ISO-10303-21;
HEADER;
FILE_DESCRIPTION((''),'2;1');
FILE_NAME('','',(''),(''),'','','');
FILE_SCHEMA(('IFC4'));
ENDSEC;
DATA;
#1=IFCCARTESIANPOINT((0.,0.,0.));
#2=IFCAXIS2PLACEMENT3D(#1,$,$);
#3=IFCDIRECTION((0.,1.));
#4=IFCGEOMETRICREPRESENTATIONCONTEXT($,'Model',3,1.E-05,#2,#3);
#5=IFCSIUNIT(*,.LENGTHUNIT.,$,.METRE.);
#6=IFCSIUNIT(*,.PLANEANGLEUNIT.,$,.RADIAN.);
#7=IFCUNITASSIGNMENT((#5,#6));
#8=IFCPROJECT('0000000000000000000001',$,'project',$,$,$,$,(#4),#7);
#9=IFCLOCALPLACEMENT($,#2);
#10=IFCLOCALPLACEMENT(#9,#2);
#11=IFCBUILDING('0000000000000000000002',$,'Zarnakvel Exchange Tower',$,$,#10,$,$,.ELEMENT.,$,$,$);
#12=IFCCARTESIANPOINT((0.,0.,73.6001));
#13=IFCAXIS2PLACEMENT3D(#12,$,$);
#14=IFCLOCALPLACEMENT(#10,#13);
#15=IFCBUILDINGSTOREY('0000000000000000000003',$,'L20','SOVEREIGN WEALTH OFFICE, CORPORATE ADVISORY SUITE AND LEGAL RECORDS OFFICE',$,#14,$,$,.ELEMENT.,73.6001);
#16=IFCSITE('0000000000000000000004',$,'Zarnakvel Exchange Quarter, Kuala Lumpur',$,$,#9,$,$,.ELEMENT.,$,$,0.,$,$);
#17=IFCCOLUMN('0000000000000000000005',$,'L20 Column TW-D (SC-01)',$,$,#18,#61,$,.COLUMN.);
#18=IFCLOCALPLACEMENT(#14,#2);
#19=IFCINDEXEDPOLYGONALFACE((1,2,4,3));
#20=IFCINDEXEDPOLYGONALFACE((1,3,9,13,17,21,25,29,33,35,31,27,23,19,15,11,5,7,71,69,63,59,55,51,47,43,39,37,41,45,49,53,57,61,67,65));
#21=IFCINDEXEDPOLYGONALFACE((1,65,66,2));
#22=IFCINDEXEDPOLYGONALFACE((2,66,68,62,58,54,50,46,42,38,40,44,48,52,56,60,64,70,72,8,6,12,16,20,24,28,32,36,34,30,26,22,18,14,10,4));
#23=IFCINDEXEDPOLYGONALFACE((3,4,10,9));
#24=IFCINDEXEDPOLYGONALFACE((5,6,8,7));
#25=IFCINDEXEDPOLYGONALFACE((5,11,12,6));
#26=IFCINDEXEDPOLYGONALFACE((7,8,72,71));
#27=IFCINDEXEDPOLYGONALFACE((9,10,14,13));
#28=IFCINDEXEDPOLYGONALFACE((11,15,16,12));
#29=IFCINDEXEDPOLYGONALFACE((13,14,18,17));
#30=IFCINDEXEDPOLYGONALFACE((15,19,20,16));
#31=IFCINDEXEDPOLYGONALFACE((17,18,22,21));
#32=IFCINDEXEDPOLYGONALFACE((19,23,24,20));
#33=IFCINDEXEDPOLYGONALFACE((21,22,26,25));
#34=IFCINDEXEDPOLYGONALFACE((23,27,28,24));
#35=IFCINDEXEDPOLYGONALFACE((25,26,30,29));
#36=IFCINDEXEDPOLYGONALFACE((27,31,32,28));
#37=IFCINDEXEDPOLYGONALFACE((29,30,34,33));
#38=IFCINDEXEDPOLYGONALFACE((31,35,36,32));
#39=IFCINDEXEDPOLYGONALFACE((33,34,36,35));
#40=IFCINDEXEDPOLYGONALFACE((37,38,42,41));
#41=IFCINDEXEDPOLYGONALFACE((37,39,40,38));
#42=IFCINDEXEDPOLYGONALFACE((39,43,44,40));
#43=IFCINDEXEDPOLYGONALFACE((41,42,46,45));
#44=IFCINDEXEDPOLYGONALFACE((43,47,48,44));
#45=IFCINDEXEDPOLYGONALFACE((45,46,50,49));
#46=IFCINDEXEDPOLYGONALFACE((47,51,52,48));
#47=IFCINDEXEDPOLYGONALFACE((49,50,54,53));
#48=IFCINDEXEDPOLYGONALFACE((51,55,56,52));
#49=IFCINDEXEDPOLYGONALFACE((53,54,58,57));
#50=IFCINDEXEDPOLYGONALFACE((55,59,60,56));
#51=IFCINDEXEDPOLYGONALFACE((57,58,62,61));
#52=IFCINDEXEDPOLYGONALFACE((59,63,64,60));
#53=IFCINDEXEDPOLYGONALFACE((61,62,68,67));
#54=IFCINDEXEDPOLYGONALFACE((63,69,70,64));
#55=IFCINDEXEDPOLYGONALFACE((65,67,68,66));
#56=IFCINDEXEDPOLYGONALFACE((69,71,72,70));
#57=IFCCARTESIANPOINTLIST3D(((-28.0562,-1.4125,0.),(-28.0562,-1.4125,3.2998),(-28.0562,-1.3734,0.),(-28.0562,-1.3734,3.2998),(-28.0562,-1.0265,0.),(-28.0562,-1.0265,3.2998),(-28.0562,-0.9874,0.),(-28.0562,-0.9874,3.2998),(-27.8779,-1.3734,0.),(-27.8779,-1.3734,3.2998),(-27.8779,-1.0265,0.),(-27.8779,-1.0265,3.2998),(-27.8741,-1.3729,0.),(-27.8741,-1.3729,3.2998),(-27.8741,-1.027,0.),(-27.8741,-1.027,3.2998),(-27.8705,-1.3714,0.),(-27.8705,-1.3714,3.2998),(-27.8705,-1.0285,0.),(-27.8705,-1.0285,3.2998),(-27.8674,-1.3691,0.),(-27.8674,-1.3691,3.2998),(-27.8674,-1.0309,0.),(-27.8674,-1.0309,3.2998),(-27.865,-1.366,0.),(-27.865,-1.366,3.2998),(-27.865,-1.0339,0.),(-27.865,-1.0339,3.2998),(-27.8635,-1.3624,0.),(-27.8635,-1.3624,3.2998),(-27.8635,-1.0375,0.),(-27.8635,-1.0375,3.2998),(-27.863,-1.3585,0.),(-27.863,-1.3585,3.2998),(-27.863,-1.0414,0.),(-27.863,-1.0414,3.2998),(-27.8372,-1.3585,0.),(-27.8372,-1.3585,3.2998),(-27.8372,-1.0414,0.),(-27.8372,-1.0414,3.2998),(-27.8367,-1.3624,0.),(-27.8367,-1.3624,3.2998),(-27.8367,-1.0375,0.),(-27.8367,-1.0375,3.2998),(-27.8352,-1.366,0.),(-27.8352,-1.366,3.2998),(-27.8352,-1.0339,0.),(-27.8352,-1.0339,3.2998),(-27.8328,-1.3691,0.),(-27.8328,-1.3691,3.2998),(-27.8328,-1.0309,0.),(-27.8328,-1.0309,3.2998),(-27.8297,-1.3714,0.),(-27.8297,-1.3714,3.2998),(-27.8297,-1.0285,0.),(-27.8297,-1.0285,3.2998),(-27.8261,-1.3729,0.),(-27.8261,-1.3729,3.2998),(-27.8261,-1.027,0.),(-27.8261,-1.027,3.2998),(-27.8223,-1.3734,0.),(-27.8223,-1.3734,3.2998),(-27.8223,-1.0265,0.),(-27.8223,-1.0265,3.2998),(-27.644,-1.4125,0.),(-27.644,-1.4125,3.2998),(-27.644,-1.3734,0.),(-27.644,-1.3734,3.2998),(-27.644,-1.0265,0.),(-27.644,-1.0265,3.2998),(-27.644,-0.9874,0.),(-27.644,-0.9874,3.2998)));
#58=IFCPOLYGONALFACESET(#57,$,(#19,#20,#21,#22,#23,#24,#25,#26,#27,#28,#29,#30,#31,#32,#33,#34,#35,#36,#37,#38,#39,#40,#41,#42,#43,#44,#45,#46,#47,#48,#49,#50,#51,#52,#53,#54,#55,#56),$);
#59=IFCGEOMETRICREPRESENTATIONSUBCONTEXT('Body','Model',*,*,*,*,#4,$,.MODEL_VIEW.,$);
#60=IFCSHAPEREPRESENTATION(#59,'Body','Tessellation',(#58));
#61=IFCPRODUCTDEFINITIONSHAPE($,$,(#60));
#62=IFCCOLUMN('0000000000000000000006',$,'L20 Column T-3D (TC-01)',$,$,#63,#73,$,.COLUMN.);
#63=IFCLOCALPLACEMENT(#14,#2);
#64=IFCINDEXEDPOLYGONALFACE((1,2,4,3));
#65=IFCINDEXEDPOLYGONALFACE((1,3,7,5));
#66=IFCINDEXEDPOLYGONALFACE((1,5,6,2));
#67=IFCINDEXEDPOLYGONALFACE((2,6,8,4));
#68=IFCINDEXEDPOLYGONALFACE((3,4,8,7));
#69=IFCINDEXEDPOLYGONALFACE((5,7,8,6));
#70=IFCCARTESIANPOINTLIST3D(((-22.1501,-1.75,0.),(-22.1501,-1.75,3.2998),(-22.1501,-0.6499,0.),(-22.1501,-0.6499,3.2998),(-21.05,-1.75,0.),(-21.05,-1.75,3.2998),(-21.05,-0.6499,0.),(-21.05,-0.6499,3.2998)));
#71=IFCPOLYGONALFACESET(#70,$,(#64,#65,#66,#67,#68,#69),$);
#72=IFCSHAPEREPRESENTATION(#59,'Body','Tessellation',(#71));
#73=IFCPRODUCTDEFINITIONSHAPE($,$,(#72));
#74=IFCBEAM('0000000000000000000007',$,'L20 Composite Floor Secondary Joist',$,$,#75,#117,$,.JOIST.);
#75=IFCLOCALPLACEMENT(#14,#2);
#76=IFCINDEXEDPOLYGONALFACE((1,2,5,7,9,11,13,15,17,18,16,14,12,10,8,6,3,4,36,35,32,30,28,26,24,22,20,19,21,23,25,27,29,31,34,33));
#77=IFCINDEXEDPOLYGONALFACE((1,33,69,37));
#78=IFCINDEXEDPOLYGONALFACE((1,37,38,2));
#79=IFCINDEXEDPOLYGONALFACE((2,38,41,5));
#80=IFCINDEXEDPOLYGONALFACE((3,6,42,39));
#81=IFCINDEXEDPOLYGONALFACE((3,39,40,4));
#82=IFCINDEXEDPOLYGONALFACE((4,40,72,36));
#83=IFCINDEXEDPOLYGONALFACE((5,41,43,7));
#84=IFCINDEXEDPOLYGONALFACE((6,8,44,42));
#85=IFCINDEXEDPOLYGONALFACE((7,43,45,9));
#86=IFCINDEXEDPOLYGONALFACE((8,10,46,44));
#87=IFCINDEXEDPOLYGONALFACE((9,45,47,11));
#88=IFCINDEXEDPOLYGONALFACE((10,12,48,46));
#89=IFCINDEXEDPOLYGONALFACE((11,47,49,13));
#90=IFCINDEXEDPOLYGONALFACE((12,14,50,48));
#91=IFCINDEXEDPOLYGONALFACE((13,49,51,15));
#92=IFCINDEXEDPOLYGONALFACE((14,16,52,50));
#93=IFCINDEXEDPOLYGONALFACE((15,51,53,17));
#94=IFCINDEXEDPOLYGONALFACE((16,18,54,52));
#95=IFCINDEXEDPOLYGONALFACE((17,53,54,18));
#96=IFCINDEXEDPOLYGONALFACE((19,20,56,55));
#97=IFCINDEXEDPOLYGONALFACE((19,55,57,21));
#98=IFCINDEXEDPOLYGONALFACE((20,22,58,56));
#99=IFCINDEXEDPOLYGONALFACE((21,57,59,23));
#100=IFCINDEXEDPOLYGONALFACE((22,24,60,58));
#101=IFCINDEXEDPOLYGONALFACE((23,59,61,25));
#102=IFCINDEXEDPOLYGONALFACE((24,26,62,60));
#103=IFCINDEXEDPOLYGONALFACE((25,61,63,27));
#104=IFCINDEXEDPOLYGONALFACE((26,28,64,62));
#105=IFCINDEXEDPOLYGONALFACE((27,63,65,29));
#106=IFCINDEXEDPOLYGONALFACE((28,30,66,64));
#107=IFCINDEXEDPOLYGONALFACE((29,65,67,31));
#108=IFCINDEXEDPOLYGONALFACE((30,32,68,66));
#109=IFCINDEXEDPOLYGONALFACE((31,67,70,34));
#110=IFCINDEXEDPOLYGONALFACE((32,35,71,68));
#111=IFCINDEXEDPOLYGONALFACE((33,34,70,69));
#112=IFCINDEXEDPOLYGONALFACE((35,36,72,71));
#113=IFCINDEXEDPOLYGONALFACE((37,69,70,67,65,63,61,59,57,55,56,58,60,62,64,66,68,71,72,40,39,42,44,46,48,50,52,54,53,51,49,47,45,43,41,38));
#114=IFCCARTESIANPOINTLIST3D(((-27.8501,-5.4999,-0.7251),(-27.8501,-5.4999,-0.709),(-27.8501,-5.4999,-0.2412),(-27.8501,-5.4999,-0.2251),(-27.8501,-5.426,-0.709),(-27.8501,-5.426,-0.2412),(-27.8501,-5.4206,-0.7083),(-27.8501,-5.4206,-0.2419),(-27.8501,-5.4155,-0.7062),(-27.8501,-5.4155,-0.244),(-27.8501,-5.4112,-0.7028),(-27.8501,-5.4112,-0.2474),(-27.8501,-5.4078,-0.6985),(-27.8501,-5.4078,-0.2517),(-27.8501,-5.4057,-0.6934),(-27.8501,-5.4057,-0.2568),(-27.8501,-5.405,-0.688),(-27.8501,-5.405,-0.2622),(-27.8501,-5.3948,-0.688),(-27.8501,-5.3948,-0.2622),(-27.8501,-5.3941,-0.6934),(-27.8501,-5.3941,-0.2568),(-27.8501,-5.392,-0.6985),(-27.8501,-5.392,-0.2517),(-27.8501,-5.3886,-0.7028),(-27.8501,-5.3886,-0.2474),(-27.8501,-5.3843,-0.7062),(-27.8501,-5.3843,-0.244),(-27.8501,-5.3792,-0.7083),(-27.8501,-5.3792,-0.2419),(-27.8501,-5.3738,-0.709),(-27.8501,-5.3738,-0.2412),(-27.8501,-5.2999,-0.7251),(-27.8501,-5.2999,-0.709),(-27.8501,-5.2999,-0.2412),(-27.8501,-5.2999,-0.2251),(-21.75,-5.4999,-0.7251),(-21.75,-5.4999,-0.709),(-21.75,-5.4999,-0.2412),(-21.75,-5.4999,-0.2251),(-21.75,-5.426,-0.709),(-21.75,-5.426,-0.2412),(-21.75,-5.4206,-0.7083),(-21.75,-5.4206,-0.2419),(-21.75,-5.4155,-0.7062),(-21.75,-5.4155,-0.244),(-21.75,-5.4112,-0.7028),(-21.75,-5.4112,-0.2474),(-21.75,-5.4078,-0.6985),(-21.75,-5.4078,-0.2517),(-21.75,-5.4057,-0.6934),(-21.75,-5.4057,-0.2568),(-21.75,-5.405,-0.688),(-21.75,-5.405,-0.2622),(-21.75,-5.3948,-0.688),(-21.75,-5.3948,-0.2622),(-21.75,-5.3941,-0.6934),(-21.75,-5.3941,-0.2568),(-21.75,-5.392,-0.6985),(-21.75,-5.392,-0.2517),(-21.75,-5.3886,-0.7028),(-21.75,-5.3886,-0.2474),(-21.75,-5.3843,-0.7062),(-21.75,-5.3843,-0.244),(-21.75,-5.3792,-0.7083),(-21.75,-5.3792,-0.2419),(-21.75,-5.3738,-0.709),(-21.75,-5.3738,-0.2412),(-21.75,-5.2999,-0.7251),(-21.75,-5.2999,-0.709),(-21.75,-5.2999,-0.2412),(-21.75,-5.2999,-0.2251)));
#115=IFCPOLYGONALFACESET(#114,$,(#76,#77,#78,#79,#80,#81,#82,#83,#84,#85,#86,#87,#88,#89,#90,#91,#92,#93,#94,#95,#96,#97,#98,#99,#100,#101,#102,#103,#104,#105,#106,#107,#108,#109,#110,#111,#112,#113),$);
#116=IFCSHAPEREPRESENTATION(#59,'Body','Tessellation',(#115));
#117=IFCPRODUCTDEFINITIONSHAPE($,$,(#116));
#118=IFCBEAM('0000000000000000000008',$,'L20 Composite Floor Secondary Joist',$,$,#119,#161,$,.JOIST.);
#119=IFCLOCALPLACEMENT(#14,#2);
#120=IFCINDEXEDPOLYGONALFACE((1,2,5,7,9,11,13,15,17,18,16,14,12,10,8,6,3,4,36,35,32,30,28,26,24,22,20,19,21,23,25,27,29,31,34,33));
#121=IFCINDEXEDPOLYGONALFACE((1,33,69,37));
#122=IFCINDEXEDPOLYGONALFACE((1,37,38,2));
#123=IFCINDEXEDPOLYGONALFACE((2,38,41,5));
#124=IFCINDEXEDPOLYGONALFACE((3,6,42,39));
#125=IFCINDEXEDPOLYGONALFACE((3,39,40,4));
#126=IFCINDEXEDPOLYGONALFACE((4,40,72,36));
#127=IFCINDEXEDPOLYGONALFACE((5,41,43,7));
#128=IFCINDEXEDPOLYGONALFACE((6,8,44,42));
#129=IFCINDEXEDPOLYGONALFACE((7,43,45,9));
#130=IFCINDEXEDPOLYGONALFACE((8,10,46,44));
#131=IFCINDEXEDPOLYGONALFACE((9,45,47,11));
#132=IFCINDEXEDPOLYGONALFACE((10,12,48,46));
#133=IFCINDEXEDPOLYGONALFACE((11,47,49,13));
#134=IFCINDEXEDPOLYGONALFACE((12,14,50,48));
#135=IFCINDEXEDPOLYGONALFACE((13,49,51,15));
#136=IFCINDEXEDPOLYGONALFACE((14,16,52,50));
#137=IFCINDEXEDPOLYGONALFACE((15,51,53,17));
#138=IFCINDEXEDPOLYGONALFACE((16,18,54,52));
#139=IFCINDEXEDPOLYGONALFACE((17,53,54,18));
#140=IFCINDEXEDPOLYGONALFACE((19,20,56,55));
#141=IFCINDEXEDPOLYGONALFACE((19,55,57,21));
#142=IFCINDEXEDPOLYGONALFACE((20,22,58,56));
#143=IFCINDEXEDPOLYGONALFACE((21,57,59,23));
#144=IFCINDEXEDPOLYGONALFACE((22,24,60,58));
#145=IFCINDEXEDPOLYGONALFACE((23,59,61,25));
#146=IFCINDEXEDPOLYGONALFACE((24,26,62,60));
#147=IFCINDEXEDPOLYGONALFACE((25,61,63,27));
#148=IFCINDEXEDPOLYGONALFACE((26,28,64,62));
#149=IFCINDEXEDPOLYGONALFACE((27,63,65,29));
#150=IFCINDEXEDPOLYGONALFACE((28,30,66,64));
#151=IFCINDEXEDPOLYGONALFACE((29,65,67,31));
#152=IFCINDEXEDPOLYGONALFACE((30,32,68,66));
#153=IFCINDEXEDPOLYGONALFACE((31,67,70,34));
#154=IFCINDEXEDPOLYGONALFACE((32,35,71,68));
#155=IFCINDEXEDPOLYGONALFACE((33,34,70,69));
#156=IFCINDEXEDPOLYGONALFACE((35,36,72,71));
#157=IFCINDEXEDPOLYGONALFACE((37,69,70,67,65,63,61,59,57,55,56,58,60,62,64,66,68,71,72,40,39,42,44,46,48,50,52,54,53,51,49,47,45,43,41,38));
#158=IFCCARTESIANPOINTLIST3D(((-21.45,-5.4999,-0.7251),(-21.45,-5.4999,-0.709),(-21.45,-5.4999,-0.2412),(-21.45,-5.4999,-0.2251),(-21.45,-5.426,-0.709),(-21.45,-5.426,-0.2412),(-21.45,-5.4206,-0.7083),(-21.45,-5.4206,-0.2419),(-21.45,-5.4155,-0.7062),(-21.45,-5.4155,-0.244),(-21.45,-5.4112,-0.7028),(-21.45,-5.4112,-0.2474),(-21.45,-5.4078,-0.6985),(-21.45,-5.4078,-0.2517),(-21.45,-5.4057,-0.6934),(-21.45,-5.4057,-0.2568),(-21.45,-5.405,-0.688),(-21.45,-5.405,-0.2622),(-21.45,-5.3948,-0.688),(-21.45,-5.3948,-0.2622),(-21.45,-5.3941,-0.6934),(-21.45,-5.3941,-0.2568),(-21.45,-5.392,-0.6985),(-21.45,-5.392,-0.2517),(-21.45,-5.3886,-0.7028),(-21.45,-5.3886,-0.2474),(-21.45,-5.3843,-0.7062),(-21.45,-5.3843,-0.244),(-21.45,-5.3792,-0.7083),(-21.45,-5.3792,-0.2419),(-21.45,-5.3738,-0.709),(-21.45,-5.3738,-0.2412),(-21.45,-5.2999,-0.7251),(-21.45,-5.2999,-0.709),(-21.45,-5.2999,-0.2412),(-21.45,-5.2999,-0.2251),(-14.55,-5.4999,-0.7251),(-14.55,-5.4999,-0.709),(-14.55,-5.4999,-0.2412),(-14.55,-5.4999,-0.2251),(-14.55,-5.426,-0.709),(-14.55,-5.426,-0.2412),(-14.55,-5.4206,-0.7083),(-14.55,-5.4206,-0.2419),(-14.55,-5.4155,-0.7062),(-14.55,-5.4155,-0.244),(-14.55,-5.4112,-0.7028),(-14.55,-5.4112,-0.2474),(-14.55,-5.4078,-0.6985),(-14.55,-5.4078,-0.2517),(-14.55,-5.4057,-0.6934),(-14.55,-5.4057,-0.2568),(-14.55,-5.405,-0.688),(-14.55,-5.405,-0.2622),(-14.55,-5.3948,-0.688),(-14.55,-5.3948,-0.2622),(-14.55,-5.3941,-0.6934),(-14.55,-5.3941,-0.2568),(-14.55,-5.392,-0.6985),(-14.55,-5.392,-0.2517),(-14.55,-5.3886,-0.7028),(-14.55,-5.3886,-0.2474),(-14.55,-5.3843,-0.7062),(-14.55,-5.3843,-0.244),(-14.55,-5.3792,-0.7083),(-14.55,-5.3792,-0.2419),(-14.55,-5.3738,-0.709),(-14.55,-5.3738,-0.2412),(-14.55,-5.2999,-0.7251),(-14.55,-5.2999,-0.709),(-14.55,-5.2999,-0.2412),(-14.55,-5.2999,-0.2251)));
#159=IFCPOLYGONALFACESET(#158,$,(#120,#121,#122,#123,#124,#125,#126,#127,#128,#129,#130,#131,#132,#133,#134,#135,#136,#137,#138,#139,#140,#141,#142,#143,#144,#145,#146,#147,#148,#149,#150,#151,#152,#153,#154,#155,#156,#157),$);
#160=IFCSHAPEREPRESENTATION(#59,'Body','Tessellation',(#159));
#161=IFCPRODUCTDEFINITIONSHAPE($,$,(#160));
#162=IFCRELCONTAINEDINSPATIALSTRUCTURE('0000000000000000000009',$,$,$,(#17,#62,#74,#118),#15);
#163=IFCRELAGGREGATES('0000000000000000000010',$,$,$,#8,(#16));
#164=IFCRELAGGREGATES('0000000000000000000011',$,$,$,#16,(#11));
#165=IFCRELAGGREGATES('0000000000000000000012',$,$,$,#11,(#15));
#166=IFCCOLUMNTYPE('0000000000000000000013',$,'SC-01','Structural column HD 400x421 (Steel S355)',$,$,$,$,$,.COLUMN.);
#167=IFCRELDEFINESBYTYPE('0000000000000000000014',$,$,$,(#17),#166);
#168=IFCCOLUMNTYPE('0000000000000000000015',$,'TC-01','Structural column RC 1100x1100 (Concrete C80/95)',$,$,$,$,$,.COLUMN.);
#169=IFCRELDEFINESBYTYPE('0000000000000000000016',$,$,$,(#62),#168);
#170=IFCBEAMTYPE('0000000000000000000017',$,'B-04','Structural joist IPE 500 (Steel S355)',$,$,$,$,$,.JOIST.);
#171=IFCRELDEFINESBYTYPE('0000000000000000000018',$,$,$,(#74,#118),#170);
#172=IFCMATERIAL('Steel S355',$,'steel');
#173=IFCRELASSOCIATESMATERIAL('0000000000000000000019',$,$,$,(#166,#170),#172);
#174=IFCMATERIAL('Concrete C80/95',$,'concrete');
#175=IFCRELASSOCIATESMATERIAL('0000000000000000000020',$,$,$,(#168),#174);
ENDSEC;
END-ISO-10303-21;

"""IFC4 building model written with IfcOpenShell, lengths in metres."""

from ifc_helpers import new_model, si_unit, direction, frame, origin, origin_2d, place, context, subcontext, project, spatial, rectangle, i_section, extrude, material, material_profile, profile_set, type_object, element, save


model = new_model("IFC4")

# Units and contexts
model_context = context("Model", 3, precision=1e-05, world=origin(), true_north=direction((0.0, 1.0)))
body_context = subcontext(model_context, "Body", "Model", "MODEL_VIEW")
ifc_project = project(units=[si_unit("LENGTHUNIT", "METRE"), si_unit("PLANEANGLEUNIT", "RADIAN")], contexts=[model_context])

# Site, building, storey
site_placement = place(None, origin())
site = spatial("IfcSite", under=ifc_project, at=site_placement, Name="Zarnakvel Exchange Quarter, Kuala Lumpur", CompositionType="ELEMENT", RefElevation=0.0)
building_placement = place(site_placement, origin())
building = spatial("IfcBuilding", under=site, at=building_placement, Name="Zarnakvel Exchange Tower", CompositionType="ELEMENT")
storey_placement = place(building_placement, frame((0.0, 0.0, 73.6001)))
storey = spatial("IfcBuildingStorey", under=building, at=storey_placement, Name="L20", Description="SOVEREIGN WEALTH OFFICE, CORPORATE ADVISORY SUITE AND LEGAL RECORDS OFFICE", CompositionType="ELEMENT", Elevation=73.6001)

# Columns
ifc_material_1 = material(Name="Steel S355", Category="steel")
ifc_material_profile_1 = material_profile(ifc_material_1, i_section(OverallWidth=0.4121, OverallDepth=0.425, WebThickness=0.0259, FlangeThickness=0.0391, FilletRadius=0.0149, at=origin_2d()))
ifc_profile_set_1 = profile_set([ifc_material_profile_1], Name="Steel S355")
column_type_1 = type_object("IfcColumnType", Name="SC-01", Description="Structural column HD 400x421 (Steel S355)", PredefinedType="COLUMN", material=ifc_profile_set_1)
column_1_placement = place(storey_placement, frame((-27.8501, -1.2, 0.0), z_axis=(0.0, 0.0, 1.0), x_axis=(1.0, 0.0, 0.0)))
element("IfcColumn", 1, at=column_1_placement, inside=storey, type_object=column_type_1, Name="L20 Column TW-D (SC-01)", PredefinedType="COLUMN", context=body_context, shape_type="SweptSolid", body=[
    extrude(i_section(OverallWidth=0.4121, OverallDepth=0.425, WebThickness=0.0259, FlangeThickness=0.0391, FilletRadius=0.0149, at=origin_2d()), origin(), (0.0, 0.0, 1.0), 3.2998),
])
ifc_material_2 = material(Name="Concrete C80/95", Category="concrete")
ifc_material_profile_2 = material_profile(ifc_material_2, rectangle(XDim=1.1001, YDim=1.1001, at=origin_2d()))
ifc_profile_set_2 = profile_set([ifc_material_profile_2], Name="Concrete C80/95")
column_type_2 = type_object("IfcColumnType", Name="TC-01", Description="Structural column RC 1100x1100 (Concrete C80/95)", PredefinedType="COLUMN", material=ifc_profile_set_2)
column_2_placement = place(storey_placement, frame((-21.6001, -1.2, 0.0), z_axis=(0.0, 0.0, 1.0), x_axis=(1.0, 0.0, 0.0)))
element("IfcColumn", 2, at=column_2_placement, inside=storey, type_object=column_type_2, Name="L20 Column T-3D (TC-01)", PredefinedType="COLUMN", context=body_context, shape_type="SweptSolid", body=[
    extrude(rectangle(XDim=1.1001, YDim=1.1001, at=origin_2d()), origin(), (0.0, 0.0, 1.0), 3.2998),
])

# Beams
ifc_material_profile_3 = material_profile(ifc_material_1, i_section(OverallWidth=0.2, OverallDepth=0.5, WebThickness=0.0103, FlangeThickness=0.0161, FilletRadius=0.021, at=origin_2d()))
ifc_profile_set_3 = profile_set([ifc_material_profile_3], Name="Steel S355")
beam_type_1 = type_object("IfcBeamType", Name="B-04", Description="Structural joist IPE 500 (Steel S355)", PredefinedType="JOIST", material=ifc_profile_set_3)
beam_1_placement = place(storey_placement, frame((-27.8501, -5.3999, -0.4751), z_axis=(1.0, 0.0, 0.0), x_axis=(0.0, 1.0, 0.0)))
element("IfcBeam", 3, at=beam_1_placement, inside=storey, type_object=beam_type_1, Name="L20 Composite Floor Secondary Joist", PredefinedType="JOIST", context=body_context, shape_type="SweptSolid", body=[
    extrude(i_section(OverallWidth=0.2, OverallDepth=0.5, WebThickness=0.0103, FlangeThickness=0.0161, FilletRadius=0.021, at=origin_2d()), origin(), (0.0, 0.0, 1.0), 6.1001),
])
beam_2_placement = place(storey_placement, frame((-21.45, -5.3999, -0.4751), z_axis=(1.0, 0.0, 0.0), x_axis=(0.0, 1.0, 0.0)))
element("IfcBeam", 4, at=beam_2_placement, inside=storey, type_object=beam_type_1, Name="L20 Composite Floor Secondary Joist", PredefinedType="JOIST", context=body_context, shape_type="SweptSolid", body=[
    extrude(i_section(OverallWidth=0.2, OverallDepth=0.5, WebThickness=0.0103, FlangeThickness=0.0161, FilletRadius=0.021, at=origin_2d()), origin(), (0.0, 0.0, 1.0), 6.8999),
])

save(model, "model.ifc")
